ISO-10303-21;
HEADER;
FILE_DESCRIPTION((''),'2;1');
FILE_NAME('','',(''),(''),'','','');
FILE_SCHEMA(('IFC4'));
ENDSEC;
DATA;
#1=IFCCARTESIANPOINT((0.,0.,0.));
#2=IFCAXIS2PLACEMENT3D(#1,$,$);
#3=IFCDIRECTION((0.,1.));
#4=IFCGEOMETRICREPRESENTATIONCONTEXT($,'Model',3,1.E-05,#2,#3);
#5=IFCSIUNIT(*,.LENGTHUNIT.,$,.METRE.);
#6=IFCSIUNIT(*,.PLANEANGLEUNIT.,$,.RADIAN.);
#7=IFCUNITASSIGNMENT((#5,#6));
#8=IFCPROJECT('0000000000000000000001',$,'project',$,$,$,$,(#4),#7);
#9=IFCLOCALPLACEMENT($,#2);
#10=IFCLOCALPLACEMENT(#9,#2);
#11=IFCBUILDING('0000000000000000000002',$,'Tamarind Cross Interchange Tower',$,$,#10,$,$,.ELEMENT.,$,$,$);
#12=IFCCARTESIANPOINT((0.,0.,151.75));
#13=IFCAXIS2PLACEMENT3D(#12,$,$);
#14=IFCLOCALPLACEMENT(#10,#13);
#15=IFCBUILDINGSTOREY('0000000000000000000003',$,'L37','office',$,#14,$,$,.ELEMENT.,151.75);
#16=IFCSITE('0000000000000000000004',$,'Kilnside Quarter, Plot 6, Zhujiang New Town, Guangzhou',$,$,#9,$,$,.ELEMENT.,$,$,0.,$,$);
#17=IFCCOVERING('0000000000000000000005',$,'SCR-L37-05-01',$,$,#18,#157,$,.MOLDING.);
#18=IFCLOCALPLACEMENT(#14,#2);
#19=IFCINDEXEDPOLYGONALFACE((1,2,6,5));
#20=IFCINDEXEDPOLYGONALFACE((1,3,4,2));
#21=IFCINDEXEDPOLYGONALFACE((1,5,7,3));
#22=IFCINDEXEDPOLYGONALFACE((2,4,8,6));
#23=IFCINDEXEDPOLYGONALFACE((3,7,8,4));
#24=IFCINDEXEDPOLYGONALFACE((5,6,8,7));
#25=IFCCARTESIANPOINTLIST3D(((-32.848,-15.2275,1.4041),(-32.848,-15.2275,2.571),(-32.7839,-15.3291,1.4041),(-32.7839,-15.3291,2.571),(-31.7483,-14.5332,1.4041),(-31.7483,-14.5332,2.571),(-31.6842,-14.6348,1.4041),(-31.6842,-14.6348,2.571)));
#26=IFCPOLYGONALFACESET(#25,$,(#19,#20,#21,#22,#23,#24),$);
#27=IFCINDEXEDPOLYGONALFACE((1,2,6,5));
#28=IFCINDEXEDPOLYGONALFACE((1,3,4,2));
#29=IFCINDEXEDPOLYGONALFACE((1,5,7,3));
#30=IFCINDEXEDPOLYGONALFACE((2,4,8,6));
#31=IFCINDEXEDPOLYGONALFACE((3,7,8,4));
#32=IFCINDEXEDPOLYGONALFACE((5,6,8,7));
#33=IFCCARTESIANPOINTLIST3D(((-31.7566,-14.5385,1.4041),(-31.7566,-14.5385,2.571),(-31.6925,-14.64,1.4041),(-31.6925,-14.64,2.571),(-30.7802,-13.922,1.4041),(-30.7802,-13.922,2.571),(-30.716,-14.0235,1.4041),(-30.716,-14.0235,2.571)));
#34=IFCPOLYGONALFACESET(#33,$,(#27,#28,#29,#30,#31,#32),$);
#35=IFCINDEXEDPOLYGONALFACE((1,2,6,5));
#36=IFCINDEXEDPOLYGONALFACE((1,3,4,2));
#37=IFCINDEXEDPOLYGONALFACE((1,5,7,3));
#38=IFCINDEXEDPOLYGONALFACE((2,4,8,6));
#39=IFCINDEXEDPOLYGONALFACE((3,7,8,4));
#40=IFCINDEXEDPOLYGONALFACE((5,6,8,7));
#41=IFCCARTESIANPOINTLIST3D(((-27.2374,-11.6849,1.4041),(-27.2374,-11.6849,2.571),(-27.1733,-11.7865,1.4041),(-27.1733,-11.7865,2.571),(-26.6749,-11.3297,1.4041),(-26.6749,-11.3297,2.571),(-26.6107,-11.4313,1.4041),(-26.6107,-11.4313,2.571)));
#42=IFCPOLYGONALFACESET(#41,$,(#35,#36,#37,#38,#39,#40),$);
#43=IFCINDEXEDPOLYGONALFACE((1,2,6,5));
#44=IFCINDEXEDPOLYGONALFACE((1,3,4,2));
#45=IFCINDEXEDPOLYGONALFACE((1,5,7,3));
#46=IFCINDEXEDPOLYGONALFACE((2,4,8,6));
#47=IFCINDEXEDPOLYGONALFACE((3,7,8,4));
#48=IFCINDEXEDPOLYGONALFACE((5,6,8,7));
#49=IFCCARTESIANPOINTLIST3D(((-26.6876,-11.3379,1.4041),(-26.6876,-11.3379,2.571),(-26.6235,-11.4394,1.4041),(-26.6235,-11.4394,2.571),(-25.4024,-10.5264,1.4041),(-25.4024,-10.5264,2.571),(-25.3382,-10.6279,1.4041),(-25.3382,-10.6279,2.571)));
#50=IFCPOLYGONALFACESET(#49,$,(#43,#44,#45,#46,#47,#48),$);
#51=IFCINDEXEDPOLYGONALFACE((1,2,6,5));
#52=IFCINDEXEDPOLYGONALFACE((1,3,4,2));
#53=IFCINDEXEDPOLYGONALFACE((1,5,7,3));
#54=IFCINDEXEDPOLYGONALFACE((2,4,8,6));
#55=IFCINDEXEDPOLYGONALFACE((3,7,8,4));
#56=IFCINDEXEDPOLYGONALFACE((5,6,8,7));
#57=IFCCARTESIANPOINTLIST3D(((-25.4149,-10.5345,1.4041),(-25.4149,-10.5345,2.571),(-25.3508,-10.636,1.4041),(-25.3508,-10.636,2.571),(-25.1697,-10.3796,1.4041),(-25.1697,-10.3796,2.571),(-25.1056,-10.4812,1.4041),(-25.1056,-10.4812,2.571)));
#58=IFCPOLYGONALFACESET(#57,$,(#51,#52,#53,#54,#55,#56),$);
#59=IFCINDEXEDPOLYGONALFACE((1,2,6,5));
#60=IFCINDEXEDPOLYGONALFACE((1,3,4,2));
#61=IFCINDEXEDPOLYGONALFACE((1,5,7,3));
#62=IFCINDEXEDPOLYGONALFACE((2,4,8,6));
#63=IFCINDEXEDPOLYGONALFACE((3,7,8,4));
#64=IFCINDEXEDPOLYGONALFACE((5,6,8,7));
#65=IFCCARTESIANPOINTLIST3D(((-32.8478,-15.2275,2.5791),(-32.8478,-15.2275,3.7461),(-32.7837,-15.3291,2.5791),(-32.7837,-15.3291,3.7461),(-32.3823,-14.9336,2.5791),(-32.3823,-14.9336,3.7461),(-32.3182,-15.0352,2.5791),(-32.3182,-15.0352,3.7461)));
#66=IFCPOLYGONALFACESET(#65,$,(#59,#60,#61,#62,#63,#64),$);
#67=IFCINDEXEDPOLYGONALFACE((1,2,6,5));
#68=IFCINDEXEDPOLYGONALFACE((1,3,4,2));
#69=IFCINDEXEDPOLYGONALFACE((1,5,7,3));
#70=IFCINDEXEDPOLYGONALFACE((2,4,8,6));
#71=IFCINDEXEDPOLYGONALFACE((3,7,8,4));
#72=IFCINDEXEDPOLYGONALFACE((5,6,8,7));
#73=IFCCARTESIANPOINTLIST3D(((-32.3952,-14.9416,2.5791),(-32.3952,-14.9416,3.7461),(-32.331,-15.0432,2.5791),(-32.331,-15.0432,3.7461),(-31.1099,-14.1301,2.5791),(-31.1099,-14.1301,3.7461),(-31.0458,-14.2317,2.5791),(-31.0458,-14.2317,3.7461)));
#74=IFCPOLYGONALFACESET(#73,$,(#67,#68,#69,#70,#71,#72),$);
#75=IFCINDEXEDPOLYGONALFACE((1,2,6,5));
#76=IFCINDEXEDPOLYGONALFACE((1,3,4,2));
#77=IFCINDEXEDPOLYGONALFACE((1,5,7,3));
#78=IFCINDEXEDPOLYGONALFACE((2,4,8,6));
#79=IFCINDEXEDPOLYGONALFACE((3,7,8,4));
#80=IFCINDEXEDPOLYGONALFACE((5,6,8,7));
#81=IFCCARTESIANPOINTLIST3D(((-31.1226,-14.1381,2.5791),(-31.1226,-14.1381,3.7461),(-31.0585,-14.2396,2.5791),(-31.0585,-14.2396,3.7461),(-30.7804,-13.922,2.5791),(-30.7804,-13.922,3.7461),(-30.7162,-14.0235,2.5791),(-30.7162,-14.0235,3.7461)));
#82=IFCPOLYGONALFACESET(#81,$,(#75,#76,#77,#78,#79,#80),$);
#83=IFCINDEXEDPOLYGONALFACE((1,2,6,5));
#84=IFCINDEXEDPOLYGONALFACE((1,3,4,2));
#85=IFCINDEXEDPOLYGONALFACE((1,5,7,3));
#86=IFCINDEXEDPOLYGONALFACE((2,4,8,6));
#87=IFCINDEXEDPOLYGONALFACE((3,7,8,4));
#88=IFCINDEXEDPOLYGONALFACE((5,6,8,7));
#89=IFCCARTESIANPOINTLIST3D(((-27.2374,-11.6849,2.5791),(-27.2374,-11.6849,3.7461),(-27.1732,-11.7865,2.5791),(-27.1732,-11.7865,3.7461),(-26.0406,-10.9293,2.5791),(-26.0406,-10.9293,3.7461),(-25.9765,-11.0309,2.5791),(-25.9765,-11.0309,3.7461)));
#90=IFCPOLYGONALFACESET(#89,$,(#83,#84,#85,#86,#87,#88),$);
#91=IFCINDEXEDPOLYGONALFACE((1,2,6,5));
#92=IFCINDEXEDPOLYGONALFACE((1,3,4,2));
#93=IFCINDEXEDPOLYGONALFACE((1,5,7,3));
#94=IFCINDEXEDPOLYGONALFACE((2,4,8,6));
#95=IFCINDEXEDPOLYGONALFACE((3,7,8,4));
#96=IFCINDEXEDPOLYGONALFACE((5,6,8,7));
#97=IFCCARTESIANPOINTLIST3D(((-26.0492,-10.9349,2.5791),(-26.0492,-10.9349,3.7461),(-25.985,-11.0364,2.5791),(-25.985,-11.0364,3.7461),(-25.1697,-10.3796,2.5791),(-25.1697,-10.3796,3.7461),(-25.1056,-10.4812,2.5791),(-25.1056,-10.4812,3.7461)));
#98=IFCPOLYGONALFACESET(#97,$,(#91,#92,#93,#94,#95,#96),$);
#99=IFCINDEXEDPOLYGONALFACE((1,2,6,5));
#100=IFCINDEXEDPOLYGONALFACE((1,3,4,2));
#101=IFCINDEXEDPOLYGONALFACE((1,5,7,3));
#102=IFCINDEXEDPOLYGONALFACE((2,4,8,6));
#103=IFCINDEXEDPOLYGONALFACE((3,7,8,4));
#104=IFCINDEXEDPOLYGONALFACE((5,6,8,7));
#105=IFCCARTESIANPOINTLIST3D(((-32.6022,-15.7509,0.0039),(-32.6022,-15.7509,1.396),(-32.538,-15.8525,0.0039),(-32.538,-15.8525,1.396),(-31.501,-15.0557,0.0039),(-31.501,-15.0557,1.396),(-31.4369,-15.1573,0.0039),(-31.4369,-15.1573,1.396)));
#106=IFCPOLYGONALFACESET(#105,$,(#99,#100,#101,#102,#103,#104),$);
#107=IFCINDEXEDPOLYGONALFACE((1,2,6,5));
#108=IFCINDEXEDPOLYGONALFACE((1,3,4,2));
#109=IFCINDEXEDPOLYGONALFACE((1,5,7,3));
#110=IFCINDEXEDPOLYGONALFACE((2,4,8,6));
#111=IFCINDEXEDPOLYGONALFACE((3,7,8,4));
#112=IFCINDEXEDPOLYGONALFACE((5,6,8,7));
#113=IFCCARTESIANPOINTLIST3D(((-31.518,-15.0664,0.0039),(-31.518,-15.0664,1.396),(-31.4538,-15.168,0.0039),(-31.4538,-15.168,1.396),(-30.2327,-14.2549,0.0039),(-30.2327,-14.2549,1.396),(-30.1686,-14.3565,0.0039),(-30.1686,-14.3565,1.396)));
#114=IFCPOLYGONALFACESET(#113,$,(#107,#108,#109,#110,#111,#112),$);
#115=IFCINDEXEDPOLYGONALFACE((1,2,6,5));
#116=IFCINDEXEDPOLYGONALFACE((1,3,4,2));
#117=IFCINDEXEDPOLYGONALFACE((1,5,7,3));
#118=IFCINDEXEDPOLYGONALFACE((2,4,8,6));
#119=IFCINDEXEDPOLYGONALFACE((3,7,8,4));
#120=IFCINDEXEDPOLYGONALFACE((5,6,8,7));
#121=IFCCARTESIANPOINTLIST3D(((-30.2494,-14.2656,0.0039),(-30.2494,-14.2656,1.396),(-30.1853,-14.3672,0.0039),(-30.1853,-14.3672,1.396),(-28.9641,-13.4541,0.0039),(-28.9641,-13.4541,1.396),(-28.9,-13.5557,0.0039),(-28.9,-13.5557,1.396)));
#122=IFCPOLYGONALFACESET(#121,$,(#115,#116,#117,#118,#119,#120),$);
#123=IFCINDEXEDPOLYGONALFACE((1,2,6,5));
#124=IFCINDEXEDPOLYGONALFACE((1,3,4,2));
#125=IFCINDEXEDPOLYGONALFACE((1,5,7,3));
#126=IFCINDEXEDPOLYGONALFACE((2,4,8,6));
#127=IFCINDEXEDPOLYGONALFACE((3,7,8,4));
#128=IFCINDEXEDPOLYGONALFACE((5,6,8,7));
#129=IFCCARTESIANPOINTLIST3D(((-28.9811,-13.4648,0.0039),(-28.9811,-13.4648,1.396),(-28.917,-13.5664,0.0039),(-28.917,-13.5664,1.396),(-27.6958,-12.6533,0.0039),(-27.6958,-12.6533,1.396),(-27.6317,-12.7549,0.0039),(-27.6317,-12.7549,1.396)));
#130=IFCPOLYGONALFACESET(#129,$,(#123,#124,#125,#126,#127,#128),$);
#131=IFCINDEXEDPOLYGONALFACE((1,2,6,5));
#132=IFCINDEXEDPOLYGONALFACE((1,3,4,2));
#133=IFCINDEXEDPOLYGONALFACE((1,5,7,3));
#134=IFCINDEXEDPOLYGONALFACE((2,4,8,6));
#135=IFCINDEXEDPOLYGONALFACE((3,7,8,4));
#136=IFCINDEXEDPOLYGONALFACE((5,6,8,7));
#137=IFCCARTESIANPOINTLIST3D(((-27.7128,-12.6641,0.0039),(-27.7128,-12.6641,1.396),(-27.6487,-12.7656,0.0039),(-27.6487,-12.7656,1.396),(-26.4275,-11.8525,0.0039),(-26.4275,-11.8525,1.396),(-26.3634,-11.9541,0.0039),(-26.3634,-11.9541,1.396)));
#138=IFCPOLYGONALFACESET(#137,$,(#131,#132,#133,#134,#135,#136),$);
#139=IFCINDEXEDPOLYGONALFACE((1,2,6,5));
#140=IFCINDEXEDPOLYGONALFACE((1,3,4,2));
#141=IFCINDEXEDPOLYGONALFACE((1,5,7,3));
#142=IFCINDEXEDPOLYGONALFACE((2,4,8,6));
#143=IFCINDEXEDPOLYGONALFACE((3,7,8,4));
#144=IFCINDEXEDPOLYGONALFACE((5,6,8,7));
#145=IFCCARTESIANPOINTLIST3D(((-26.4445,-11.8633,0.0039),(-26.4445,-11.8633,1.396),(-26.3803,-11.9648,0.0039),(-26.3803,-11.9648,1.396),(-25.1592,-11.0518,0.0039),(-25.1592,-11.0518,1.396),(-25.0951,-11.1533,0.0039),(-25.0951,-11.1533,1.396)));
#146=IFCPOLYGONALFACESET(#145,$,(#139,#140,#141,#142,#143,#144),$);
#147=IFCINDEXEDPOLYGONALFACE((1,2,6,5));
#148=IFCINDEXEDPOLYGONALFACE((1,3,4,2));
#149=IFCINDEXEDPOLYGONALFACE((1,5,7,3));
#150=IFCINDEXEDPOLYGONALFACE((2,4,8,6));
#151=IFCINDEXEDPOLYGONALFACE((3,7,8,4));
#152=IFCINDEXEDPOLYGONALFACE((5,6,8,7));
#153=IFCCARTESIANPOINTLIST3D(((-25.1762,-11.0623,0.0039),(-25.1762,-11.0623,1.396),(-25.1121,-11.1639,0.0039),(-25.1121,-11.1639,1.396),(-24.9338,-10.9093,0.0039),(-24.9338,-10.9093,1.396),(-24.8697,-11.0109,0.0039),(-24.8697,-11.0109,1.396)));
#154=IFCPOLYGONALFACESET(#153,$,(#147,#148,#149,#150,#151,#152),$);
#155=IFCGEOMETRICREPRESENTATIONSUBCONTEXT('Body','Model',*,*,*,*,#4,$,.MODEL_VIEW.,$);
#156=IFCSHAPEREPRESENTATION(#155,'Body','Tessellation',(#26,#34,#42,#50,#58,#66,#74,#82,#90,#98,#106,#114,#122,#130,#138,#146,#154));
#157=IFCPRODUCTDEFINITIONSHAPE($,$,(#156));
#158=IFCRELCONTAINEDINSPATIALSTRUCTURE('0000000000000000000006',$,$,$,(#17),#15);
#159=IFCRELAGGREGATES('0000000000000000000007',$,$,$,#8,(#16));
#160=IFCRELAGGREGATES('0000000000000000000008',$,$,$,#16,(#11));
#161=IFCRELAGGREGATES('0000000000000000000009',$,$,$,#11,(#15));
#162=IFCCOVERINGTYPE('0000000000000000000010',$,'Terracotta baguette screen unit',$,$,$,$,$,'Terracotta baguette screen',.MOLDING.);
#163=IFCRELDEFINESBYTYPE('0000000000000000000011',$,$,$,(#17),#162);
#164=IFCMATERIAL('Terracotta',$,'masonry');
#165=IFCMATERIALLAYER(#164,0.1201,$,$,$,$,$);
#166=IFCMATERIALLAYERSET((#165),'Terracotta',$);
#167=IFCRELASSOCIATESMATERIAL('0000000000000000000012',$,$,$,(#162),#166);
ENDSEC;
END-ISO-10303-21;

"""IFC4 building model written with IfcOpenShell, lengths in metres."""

from ifc_helpers import new_model, si_unit, direction, frame, origin, origin_2d, place, context, subcontext, project, spatial, rectangle, extrude, material, layer, layer_set, type_object, element, save


model = new_model("IFC4")

# Units and contexts
model_context = context("Model", 3, precision=1e-05, world=origin(), true_north=direction((0.0, 1.0)))
body_context = subcontext(model_context, "Body", "Model", "MODEL_VIEW")
ifc_project = project(units=[si_unit("LENGTHUNIT", "METRE"), si_unit("PLANEANGLEUNIT", "RADIAN")], contexts=[model_context])

# Site, building, storey
site_placement = place(None, origin())
site = spatial("IfcSite", under=ifc_project, at=site_placement, Name="Kilnside Quarter, Plot 6, Zhujiang New Town, Guangzhou", CompositionType="ELEMENT", RefElevation=0.0)
building_placement = place(site_placement, origin())
building = spatial("IfcBuilding", under=site, at=building_placement, Name="Tamarind Cross Interchange Tower", CompositionType="ELEMENT")
storey_placement = place(building_placement, frame((0.0, 0.0, 151.75)))
storey = spatial("IfcBuildingStorey", under=building, at=storey_placement, Name="L37", Description="office", CompositionType="ELEMENT", Elevation=151.75)

# Covering
ifc_material_1 = material(Name="Terracotta", Category="masonry")
ifc_layer_1 = layer(ifc_material_1, 0.1201)
ifc_layer_set_1 = layer_set([ifc_layer_1], Name="Terracotta")
covering_type = type_object("IfcCoveringType", Name="Terracotta baguette screen unit", ElementType="Terracotta baguette screen", PredefinedType="MOLDING", material=ifc_layer_set_1)
covering_1_placement = place(storey_placement, origin())
element("IfcCovering", 1, at=covering_1_placement, inside=storey, type_object=covering_type, Name="SCR-L37-05-01", PredefinedType="MOLDING", context=body_context, shape_type="SweptSolid", body=[
    extrude(rectangle(XDim=1.3005, YDim=0.1201, at=origin_2d()), frame((-32.2661, -14.9312, 1.4041), z_axis=(0.0, 0.0, 1.0), x_axis=(0.84556, 0.533881, 0.0)), (0.0, 0.0, 1.0), 1.167),
    extrude(rectangle(XDim=1.1548, YDim=0.1201, at=origin_2d()), frame((-31.2363, -14.281, 1.4041), z_axis=(0.0, 0.0, 1.0), x_axis=(0.84556, 0.533881, 0.0)), (0.0, 0.0, 1.0), 1.167),
    extrude(rectangle(XDim=0.6653, YDim=0.1201, at=origin_2d()), frame((-26.9241, -11.5581, 1.4041), z_axis=(0.0, 0.0, 1.0), x_axis=(0.84556, 0.533881, 0.0)), (0.0, 0.0, 1.0), 1.167),
    extrude(rectangle(XDim=1.52, YDim=0.1201, at=origin_2d()), frame((-26.0129, -10.9829, 1.4041), z_axis=(0.0, 0.0, 1.0), x_axis=(0.84556, 0.533881, 0.0)), (0.0, 0.0, 1.0), 1.167),
    extrude(rectangle(XDim=0.29, YDim=0.1201, at=origin_2d()), frame((-25.2603, -10.5078, 1.4041), z_axis=(0.0, 0.0, 1.0), x_axis=(0.84556, 0.533881, 0.0)), (0.0, 0.0, 1.0), 1.167),
    extrude(rectangle(XDim=0.5505, YDim=0.1201, at=origin_2d()), frame((-32.583, -15.1313, 2.5791), z_axis=(0.0, 0.0, 1.0), x_axis=(0.84556, 0.533881, 0.0)), (0.0, 0.0, 1.0), 1.167),
    extrude(rectangle(XDim=1.52, YDim=0.1201, at=origin_2d()), frame((-31.7205, -14.5867, 2.5791), z_axis=(0.0, 0.0, 1.0), x_axis=(0.84556, 0.533881, 0.0)), (0.0, 0.0, 1.0), 1.167),
    extrude(rectangle(XDim=0.4048, YDim=0.1201, at=origin_2d()), frame((-30.9194, -14.0808, 2.5791), z_axis=(0.0, 0.0, 1.0), x_axis=(0.84556, 0.533881, 0.0)), (0.0, 0.0, 1.0), 1.167),
    extrude(rectangle(XDim=1.4153, YDim=0.1201, at=origin_2d()), frame((-26.6069, -11.3579, 2.5791), z_axis=(0.0, 0.0, 1.0), x_axis=(0.84556, 0.533881, 0.0)), (0.0, 0.0, 1.0), 1.167),
    extrude(rectangle(XDim=1.04, YDim=0.1201, at=origin_2d()), frame((-25.5774, -10.708, 2.5791), z_axis=(0.0, 0.0, 1.0), x_axis=(0.84556, 0.533881, 0.0)), (0.0, 0.0, 1.0), 1.167),
    extrude(rectangle(XDim=1.3022, YDim=0.1201, at=origin_2d()), frame((-32.0195, -15.4541, 0.0039), z_axis=(0.0, 0.0, 1.0), x_axis=(0.84556, 0.533881, 0.0)), (0.0, 0.0, 1.0), 1.3921),
    extrude(rectangle(XDim=1.52, YDim=0.1201, at=origin_2d()), frame((-30.8433, -14.7114, 0.0039), z_axis=(0.0, 0.0, 1.0), x_axis=(0.84556, 0.533881, 0.0)), (0.0, 0.0, 1.0), 1.3921),
    extrude(rectangle(XDim=1.52, YDim=0.1201, at=origin_2d()), frame((-29.5747, -13.9106, 0.0039), z_axis=(0.0, 0.0, 1.0), x_axis=(0.84556, 0.533881, 0.0)), (0.0, 0.0, 1.0), 1.3921),
    extrude(rectangle(XDim=1.52, YDim=0.1201, at=origin_2d()), frame((-28.3064, -13.1099, 0.0039), z_axis=(0.0, 0.0, 1.0), x_axis=(0.84556, 0.533881, 0.0)), (0.0, 0.0, 1.0), 1.3921),
    extrude(rectangle(XDim=1.52, YDim=0.1201, at=origin_2d()), frame((-27.0381, -12.3091, 0.0039), z_axis=(0.0, 0.0, 1.0), x_axis=(0.84556, 0.533881, 0.0)), (0.0, 0.0, 1.0), 1.3921),
    extrude(rectangle(XDim=1.52, YDim=0.1201, at=origin_2d()), frame((-25.7698, -11.5083, 0.0039), z_axis=(0.0, 0.0, 1.0), x_axis=(0.84556, 0.533881, 0.0)), (0.0, 0.0, 1.0), 1.3921),
    extrude(rectangle(XDim=0.2866, YDim=0.1201, at=origin_2d()), frame((-25.0229, -11.0366, 0.0039), z_axis=(0.0, 0.0, 1.0), x_axis=(0.84556, 0.533881, 0.0)), (0.0, 0.0, 1.0), 1.3921),
])

save(model, "model.ifc")
